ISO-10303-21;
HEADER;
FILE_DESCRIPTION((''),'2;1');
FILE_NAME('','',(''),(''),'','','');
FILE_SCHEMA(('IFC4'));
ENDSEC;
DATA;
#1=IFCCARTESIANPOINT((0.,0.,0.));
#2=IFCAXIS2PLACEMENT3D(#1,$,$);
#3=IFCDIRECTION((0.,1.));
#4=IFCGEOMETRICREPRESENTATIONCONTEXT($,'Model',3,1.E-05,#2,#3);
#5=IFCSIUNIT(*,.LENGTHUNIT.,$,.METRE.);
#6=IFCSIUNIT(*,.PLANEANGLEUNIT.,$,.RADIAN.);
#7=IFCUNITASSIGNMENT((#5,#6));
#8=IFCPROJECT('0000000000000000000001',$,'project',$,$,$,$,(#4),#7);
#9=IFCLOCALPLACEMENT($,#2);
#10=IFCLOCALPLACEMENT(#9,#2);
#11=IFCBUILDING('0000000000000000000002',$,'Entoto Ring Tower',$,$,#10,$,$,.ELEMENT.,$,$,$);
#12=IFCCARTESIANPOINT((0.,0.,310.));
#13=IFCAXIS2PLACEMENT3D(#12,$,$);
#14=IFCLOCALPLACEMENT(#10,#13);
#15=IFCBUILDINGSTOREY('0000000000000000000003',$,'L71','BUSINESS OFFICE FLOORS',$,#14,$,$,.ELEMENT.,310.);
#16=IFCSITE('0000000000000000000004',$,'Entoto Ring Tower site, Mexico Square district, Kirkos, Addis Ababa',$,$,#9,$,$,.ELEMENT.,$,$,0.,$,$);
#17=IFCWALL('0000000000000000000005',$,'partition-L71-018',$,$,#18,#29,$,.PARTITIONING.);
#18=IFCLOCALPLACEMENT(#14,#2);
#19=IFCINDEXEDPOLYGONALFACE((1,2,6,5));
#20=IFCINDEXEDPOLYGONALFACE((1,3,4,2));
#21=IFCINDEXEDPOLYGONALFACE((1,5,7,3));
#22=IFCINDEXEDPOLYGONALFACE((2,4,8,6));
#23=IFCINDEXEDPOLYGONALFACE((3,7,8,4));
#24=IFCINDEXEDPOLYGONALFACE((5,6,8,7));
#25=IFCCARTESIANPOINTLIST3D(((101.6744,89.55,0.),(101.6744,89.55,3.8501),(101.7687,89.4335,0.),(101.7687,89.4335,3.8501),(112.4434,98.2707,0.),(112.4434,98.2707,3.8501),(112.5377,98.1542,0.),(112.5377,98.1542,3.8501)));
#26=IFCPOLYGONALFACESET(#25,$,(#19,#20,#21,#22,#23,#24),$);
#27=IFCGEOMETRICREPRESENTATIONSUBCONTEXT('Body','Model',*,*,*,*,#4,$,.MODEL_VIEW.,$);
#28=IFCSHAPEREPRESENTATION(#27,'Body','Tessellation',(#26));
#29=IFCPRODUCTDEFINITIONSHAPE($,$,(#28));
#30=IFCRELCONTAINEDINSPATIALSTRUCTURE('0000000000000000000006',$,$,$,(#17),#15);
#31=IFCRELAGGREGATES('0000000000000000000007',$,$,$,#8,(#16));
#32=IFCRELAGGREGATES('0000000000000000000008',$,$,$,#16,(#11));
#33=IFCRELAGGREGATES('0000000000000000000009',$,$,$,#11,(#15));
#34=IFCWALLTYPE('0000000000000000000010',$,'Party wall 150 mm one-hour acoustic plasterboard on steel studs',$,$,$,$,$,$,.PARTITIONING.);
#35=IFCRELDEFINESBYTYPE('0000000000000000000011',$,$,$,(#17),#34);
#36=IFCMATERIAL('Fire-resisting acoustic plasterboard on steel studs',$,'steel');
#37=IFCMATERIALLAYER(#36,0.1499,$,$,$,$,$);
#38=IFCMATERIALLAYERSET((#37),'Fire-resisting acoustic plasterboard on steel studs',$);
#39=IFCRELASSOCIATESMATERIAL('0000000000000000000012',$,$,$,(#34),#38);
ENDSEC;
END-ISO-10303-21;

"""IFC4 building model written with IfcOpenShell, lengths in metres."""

from ifc_helpers import new_model, si_unit, direction, frame, frame_2d, origin, place, context, subcontext, project, spatial, rectangle, extrude, material, layer, layer_set, type_object, element, save


model = new_model("IFC4")

# Units and contexts
model_context = context("Model", 3, precision=1e-05, world=origin(), true_north=direction((0.0, 1.0)))
body_context = subcontext(model_context, "Body", "Model", "MODEL_VIEW")
ifc_project = project(units=[si_unit("LENGTHUNIT", "METRE"), si_unit("PLANEANGLEUNIT", "RADIAN")], contexts=[model_context])

# Site, building, storey
site_placement = place(None, origin())
site = spatial("IfcSite", under=ifc_project, at=site_placement, Name="Entoto Ring Tower site, Mexico Square district, Kirkos, Addis Ababa", CompositionType="ELEMENT", RefElevation=0.0)
building_placement = place(site_placement, origin())
building = spatial("IfcBuilding", under=site, at=building_placement, Name="Entoto Ring Tower", CompositionType="ELEMENT")
storey_placement = place(building_placement, frame((0.0, 0.0, 310.0)))
storey = spatial("IfcBuildingStorey", under=building, at=storey_placement, Name="L71", Description="BUSINESS OFFICE FLOORS", CompositionType="ELEMENT", Elevation=310.0)

# Wall
ifc_material_1 = material(Name="Fire-resisting acoustic plasterboard on steel studs", Category="steel")
ifc_layer_1 = layer(ifc_material_1, 0.1499)
ifc_layer_set_1 = layer_set([ifc_layer_1], Name="Fire-resisting acoustic plasterboard on steel studs")
wall_type_1 = type_object("IfcWallType", Name="Party wall 150 mm one-hour acoustic plasterboard on steel studs", PredefinedType="PARTITIONING", material=ifc_layer_set_1)
wall_1_placement = place(storey_placement, frame((101.7214, 89.4917, 0.0), z_axis=(0.0, 0.0, 1.0), x_axis=(0.777142, 0.629325, 0.0)))
element("IfcWall", 1, at=wall_1_placement, inside=storey, type_object=wall_type_1, Name="partition-L71-018", PredefinedType="PARTITIONING", context=body_context, shape_type="SweptSolid", body=[
    extrude(rectangle(XDim=13.8572, YDim=0.1499, at=frame_2d((6.9287, 0.0))), origin(), (0.0, 0.0, 1.0), 3.8501),
])

save(model, "model.ifc")
